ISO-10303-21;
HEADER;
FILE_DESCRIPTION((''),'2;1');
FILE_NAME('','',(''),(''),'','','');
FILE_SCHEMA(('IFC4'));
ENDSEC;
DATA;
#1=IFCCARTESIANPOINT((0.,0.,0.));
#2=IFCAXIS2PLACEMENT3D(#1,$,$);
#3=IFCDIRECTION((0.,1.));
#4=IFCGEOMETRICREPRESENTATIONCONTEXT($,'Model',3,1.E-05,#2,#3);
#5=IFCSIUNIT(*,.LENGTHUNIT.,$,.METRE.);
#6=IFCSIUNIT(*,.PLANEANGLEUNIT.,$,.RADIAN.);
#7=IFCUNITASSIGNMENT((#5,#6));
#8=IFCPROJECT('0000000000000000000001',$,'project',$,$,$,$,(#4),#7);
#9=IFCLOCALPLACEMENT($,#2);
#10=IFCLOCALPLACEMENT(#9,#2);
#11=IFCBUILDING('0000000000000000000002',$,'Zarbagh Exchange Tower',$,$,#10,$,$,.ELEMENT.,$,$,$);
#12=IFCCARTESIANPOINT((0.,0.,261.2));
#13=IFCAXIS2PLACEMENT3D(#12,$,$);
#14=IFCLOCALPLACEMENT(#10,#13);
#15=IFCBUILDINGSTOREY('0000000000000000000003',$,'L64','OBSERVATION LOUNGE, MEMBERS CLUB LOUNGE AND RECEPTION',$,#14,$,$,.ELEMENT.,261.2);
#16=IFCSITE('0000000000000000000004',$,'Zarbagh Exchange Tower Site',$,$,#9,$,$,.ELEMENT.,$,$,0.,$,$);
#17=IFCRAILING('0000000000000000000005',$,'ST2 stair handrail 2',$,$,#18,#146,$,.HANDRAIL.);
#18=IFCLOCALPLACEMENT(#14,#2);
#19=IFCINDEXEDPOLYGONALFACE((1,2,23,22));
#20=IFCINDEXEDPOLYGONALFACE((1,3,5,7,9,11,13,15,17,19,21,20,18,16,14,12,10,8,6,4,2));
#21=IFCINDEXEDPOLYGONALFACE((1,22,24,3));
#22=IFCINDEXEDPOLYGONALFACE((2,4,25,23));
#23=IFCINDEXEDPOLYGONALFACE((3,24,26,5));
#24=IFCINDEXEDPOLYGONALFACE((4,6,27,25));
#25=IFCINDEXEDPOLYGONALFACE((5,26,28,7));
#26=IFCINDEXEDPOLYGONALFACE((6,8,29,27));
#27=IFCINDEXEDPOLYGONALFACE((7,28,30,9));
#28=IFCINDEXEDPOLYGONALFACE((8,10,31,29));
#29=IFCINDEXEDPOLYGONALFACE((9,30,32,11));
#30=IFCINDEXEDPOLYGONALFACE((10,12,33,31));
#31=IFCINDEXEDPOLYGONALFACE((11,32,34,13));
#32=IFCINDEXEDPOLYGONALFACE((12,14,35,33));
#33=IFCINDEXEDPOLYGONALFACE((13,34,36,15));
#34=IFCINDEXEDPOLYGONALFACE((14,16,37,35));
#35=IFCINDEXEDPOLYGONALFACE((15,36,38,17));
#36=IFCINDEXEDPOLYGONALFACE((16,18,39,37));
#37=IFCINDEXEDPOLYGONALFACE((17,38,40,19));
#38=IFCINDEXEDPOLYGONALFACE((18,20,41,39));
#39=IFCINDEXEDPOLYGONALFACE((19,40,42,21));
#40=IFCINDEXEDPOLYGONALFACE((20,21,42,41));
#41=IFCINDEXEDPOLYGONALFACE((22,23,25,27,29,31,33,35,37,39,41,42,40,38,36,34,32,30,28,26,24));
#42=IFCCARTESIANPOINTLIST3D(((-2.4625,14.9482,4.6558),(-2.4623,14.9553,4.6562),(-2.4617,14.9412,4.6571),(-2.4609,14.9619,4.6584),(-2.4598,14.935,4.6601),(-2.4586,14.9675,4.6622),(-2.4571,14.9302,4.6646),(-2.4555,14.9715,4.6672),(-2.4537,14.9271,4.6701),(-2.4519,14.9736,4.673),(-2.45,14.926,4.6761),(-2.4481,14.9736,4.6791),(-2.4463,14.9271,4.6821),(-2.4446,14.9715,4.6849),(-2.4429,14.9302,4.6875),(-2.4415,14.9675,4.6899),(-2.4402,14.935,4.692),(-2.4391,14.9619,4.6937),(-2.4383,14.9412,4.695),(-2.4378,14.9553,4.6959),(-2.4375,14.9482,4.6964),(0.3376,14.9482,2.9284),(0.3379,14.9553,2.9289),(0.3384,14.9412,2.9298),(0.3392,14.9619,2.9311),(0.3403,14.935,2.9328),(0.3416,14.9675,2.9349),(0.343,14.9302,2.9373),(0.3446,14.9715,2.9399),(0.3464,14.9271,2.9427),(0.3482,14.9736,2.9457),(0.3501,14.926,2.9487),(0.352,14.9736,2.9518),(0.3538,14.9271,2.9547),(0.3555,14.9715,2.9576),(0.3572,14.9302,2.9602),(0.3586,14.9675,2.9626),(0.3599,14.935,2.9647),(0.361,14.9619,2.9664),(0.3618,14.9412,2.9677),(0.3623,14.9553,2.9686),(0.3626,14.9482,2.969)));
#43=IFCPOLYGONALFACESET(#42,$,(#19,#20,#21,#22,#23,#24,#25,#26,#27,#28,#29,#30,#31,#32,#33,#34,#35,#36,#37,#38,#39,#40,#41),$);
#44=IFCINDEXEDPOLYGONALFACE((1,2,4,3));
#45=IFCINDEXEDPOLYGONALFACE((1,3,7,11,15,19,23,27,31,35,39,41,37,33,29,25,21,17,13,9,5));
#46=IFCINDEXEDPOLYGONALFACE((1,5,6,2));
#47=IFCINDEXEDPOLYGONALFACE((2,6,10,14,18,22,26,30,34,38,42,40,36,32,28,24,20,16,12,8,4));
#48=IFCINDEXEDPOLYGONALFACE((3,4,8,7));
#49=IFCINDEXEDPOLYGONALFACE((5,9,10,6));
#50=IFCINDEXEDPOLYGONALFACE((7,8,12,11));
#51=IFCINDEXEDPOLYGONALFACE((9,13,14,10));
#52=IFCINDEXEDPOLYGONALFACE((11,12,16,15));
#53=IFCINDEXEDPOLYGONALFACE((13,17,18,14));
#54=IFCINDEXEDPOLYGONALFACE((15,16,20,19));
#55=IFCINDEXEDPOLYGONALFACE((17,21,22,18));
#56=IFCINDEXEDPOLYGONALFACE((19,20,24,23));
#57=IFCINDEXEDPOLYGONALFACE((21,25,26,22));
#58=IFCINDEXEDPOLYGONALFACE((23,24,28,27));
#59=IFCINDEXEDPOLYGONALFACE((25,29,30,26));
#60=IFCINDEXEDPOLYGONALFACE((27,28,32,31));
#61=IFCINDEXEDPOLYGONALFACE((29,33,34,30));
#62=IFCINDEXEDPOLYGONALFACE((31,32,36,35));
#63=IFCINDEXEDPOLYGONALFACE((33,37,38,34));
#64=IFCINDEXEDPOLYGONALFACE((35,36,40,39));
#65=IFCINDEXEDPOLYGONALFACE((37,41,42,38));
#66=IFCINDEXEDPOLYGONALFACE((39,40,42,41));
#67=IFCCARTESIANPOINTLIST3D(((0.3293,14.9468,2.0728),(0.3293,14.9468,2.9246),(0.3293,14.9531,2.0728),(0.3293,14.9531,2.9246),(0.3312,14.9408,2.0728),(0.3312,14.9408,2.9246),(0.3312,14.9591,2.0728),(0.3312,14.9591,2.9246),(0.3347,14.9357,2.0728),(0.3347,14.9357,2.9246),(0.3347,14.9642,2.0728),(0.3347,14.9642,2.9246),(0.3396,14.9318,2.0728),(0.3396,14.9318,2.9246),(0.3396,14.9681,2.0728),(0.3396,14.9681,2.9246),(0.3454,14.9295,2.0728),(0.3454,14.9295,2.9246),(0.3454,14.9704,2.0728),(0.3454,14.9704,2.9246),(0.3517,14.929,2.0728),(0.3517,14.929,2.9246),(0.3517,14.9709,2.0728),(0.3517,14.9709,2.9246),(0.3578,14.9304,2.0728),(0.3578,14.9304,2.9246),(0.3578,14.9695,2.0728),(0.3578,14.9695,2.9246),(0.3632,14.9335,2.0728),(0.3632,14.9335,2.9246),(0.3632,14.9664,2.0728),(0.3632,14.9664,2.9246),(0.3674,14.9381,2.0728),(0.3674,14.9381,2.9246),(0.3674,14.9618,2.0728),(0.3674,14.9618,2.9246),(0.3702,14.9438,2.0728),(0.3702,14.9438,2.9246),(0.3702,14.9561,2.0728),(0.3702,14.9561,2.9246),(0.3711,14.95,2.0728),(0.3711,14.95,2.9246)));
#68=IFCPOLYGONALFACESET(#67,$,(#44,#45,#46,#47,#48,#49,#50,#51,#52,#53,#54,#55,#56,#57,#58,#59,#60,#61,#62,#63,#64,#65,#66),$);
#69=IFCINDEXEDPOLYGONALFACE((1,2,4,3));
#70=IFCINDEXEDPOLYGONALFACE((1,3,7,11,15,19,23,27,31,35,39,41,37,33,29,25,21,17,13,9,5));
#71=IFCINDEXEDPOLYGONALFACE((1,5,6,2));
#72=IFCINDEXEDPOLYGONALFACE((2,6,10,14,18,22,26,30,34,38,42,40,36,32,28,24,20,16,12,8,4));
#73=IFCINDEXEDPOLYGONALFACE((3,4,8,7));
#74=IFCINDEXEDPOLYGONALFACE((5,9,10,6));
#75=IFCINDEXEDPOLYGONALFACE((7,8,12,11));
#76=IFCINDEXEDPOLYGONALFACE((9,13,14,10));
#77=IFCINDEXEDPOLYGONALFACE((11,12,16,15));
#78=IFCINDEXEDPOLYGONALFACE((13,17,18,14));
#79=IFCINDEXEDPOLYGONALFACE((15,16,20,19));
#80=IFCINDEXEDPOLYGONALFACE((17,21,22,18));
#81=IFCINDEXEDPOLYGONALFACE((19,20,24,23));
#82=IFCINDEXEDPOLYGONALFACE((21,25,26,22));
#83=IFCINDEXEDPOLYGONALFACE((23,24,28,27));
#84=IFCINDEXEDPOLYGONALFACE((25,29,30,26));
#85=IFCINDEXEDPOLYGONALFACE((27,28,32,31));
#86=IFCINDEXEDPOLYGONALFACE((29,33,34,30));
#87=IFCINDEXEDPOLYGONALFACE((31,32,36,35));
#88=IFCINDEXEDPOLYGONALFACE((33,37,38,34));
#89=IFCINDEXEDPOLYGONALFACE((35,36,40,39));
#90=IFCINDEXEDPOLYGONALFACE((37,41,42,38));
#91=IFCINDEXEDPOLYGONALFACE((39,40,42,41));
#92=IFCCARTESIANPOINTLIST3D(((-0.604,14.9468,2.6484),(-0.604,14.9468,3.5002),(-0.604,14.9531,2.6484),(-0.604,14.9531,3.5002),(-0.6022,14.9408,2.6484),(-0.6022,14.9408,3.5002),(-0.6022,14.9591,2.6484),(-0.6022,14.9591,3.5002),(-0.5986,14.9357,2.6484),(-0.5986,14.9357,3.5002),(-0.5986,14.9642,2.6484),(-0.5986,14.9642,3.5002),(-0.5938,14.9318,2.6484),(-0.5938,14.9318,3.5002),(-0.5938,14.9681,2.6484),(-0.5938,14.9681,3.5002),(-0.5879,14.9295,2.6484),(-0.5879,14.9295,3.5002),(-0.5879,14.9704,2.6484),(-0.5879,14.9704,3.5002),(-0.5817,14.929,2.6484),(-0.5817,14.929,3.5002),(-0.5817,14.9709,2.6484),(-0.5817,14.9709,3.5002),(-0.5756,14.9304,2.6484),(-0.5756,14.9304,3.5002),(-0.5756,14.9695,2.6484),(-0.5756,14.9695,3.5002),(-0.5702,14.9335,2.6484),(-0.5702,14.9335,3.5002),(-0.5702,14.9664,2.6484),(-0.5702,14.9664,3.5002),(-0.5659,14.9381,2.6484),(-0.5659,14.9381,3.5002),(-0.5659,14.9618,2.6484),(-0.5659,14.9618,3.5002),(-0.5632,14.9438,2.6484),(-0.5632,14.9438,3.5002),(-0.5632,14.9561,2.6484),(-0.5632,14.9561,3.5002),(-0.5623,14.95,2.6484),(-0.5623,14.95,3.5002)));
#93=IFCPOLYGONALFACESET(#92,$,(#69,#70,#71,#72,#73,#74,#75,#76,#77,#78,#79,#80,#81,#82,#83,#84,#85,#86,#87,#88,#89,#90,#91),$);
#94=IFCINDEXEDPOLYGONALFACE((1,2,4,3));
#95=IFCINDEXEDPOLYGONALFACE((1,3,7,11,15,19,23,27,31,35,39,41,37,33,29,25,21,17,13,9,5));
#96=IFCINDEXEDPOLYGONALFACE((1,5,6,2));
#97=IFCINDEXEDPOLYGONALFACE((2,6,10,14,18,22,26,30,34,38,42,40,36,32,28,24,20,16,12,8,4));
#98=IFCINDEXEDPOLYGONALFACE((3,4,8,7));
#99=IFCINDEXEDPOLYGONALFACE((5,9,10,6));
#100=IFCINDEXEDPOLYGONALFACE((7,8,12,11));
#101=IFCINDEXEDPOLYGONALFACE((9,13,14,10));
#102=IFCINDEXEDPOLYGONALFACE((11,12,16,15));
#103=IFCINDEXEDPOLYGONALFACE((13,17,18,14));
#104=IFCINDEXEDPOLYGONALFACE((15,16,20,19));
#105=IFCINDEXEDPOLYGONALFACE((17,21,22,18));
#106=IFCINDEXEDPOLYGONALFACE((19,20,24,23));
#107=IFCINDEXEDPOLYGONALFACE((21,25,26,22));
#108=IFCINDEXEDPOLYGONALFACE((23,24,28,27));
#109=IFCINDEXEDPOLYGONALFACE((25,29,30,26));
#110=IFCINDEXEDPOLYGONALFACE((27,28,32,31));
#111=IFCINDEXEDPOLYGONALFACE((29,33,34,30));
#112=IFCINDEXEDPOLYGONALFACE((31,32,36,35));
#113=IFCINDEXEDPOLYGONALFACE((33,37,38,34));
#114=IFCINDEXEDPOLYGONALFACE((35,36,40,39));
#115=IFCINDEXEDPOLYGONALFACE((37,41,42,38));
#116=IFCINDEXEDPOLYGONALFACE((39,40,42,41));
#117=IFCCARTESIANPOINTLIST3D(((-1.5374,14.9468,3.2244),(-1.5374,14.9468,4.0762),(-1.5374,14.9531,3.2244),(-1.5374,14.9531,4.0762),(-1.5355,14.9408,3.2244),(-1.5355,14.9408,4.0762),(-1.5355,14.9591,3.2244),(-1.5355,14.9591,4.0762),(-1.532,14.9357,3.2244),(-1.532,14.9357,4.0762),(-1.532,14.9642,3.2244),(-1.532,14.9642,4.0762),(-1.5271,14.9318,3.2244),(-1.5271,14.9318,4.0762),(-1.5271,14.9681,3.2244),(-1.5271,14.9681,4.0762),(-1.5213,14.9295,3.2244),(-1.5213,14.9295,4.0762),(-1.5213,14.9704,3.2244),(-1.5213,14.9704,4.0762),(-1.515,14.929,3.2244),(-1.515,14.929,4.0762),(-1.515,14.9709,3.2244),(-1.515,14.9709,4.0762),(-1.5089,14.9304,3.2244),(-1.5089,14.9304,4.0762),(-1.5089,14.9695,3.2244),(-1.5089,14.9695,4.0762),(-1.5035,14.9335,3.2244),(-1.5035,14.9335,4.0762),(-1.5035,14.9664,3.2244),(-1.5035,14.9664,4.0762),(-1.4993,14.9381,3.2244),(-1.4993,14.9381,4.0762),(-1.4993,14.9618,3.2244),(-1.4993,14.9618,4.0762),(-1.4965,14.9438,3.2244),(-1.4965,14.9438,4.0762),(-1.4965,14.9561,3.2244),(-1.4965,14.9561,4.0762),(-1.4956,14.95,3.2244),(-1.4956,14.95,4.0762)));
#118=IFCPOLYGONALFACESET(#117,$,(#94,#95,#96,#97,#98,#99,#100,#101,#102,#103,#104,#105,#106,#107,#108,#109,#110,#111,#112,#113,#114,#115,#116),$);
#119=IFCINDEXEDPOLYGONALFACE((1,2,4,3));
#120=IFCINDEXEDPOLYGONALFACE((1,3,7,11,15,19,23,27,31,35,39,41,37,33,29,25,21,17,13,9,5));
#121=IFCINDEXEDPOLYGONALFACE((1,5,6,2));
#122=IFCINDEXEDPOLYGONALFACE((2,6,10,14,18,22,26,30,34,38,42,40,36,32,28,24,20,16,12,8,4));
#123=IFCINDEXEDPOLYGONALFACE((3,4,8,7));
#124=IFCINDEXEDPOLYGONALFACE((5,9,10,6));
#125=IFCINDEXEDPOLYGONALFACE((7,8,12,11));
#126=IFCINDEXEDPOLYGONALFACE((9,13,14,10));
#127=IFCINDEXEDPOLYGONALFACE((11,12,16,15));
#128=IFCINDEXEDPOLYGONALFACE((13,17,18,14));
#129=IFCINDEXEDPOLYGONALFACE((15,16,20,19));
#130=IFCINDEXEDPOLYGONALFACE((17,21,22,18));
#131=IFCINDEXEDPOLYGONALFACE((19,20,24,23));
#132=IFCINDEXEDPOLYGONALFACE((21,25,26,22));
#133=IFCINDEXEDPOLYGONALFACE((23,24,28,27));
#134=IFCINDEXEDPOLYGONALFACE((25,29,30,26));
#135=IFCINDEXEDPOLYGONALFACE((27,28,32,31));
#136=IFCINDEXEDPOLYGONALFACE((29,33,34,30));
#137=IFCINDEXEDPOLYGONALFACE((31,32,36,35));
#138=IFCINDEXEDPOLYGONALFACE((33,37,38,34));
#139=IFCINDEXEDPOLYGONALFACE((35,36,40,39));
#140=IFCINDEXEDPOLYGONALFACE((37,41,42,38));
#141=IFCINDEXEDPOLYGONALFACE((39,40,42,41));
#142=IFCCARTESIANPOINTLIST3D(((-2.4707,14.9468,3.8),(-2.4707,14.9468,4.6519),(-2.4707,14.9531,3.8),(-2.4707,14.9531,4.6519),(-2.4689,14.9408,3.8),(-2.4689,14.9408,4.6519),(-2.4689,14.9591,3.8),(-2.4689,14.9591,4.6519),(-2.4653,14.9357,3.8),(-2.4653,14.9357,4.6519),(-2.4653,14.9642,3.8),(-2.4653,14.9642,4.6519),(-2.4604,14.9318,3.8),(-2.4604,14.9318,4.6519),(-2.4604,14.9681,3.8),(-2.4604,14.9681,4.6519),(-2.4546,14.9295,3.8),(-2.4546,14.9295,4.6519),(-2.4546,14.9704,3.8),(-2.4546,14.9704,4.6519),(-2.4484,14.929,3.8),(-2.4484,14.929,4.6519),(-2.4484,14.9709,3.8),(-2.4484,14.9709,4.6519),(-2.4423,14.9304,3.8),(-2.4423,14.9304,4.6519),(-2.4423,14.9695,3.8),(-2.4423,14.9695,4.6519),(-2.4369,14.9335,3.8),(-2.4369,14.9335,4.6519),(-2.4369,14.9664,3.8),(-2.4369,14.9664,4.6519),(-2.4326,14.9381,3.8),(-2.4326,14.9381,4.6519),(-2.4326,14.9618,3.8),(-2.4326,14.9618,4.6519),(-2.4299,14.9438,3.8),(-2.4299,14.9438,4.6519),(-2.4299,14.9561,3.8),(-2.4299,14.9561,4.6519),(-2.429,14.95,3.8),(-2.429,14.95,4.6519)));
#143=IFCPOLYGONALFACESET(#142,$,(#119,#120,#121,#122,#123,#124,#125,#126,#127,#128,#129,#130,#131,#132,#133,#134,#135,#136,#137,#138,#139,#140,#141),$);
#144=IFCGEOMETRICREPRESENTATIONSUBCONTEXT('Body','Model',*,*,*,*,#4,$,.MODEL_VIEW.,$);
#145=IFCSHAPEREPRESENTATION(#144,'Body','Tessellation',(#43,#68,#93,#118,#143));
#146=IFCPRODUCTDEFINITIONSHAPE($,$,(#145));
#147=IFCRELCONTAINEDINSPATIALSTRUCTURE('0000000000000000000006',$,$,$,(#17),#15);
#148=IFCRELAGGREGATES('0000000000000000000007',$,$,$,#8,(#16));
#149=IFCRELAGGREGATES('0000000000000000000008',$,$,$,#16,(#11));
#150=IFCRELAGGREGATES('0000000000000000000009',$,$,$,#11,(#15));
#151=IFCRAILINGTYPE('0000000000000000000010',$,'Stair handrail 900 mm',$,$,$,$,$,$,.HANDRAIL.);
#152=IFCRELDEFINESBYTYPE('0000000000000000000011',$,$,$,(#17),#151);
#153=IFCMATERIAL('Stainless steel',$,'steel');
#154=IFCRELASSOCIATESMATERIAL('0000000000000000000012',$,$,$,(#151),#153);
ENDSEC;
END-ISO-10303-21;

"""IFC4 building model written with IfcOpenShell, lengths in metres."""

from ifc_helpers import new_model, si_unit, direction, frame, origin, origin_2d, place, context, subcontext, project, spatial, circle, extrude, material, type_object, element, save


model = new_model("IFC4")

# Units and contexts
model_context = context("Model", 3, precision=1e-05, world=origin(), true_north=direction((0.0, 1.0)))
body_context = subcontext(model_context, "Body", "Model", "MODEL_VIEW")
ifc_project = project(units=[si_unit("LENGTHUNIT", "METRE"), si_unit("PLANEANGLEUNIT", "RADIAN")], contexts=[model_context])

# Site, building, storey
site_placement = place(None, origin())
site = spatial("IfcSite", under=ifc_project, at=site_placement, Name="Zarbagh Exchange Tower Site", CompositionType="ELEMENT", RefElevation=0.0)
building_placement = place(site_placement, origin())
building = spatial("IfcBuilding", under=site, at=building_placement, Name="Zarbagh Exchange Tower", CompositionType="ELEMENT")
storey_placement = place(building_placement, frame((0.0, 0.0, 261.2)))
storey = spatial("IfcBuildingStorey", under=building, at=storey_placement, Name="L64", Description="OBSERVATION LOUNGE, MEMBERS CLUB LOUNGE AND RECEPTION", CompositionType="ELEMENT", Elevation=261.2)

# Railing
ifc_material_1 = material(Name="Stainless steel", Category="steel")
railing_type_1 = type_object("IfcRailingType", Name="Stair handrail 900 mm", PredefinedType="HANDRAIL", material=ifc_material_1)
railing_1_placement = place(storey_placement, frame((0.3501, 14.95, 2.0728)))
element("IfcRailing", 1, at=railing_1_placement, inside=storey, type_object=railing_type_1, Name="ST2 stair handrail 2", PredefinedType="HANDRAIL", context=body_context, shape_type="SweptSolid", body=[
    extrude(circle(Radius=0.0239, at=origin_2d()), frame((0.0, 0.0, 0.876), z_axis=(-0.85109, 0.0, 0.52502), x_axis=(0.0, -1.0, 0.0)), (0.0, 0.0, 1.0), 3.29),
    extrude(circle(Radius=0.021, at=origin_2d()), origin(), (0.0, 0.0, 1.0), 0.8518),
    extrude(circle(Radius=0.021, at=origin_2d()), frame((-0.9333, 0.0, 0.5757)), (0.0, 0.0, 1.0), 0.8518),
    extrude(circle(Radius=0.021, at=origin_2d()), frame((-1.8667, 0.0, 1.1516)), (0.0, 0.0, 1.0), 0.8518),
    extrude(circle(Radius=0.021, at=origin_2d()), frame((-2.8, 0.0, 1.7273)), (0.0, 0.0, 1.0), 0.8518),
])

save(model, "model.ifc")
